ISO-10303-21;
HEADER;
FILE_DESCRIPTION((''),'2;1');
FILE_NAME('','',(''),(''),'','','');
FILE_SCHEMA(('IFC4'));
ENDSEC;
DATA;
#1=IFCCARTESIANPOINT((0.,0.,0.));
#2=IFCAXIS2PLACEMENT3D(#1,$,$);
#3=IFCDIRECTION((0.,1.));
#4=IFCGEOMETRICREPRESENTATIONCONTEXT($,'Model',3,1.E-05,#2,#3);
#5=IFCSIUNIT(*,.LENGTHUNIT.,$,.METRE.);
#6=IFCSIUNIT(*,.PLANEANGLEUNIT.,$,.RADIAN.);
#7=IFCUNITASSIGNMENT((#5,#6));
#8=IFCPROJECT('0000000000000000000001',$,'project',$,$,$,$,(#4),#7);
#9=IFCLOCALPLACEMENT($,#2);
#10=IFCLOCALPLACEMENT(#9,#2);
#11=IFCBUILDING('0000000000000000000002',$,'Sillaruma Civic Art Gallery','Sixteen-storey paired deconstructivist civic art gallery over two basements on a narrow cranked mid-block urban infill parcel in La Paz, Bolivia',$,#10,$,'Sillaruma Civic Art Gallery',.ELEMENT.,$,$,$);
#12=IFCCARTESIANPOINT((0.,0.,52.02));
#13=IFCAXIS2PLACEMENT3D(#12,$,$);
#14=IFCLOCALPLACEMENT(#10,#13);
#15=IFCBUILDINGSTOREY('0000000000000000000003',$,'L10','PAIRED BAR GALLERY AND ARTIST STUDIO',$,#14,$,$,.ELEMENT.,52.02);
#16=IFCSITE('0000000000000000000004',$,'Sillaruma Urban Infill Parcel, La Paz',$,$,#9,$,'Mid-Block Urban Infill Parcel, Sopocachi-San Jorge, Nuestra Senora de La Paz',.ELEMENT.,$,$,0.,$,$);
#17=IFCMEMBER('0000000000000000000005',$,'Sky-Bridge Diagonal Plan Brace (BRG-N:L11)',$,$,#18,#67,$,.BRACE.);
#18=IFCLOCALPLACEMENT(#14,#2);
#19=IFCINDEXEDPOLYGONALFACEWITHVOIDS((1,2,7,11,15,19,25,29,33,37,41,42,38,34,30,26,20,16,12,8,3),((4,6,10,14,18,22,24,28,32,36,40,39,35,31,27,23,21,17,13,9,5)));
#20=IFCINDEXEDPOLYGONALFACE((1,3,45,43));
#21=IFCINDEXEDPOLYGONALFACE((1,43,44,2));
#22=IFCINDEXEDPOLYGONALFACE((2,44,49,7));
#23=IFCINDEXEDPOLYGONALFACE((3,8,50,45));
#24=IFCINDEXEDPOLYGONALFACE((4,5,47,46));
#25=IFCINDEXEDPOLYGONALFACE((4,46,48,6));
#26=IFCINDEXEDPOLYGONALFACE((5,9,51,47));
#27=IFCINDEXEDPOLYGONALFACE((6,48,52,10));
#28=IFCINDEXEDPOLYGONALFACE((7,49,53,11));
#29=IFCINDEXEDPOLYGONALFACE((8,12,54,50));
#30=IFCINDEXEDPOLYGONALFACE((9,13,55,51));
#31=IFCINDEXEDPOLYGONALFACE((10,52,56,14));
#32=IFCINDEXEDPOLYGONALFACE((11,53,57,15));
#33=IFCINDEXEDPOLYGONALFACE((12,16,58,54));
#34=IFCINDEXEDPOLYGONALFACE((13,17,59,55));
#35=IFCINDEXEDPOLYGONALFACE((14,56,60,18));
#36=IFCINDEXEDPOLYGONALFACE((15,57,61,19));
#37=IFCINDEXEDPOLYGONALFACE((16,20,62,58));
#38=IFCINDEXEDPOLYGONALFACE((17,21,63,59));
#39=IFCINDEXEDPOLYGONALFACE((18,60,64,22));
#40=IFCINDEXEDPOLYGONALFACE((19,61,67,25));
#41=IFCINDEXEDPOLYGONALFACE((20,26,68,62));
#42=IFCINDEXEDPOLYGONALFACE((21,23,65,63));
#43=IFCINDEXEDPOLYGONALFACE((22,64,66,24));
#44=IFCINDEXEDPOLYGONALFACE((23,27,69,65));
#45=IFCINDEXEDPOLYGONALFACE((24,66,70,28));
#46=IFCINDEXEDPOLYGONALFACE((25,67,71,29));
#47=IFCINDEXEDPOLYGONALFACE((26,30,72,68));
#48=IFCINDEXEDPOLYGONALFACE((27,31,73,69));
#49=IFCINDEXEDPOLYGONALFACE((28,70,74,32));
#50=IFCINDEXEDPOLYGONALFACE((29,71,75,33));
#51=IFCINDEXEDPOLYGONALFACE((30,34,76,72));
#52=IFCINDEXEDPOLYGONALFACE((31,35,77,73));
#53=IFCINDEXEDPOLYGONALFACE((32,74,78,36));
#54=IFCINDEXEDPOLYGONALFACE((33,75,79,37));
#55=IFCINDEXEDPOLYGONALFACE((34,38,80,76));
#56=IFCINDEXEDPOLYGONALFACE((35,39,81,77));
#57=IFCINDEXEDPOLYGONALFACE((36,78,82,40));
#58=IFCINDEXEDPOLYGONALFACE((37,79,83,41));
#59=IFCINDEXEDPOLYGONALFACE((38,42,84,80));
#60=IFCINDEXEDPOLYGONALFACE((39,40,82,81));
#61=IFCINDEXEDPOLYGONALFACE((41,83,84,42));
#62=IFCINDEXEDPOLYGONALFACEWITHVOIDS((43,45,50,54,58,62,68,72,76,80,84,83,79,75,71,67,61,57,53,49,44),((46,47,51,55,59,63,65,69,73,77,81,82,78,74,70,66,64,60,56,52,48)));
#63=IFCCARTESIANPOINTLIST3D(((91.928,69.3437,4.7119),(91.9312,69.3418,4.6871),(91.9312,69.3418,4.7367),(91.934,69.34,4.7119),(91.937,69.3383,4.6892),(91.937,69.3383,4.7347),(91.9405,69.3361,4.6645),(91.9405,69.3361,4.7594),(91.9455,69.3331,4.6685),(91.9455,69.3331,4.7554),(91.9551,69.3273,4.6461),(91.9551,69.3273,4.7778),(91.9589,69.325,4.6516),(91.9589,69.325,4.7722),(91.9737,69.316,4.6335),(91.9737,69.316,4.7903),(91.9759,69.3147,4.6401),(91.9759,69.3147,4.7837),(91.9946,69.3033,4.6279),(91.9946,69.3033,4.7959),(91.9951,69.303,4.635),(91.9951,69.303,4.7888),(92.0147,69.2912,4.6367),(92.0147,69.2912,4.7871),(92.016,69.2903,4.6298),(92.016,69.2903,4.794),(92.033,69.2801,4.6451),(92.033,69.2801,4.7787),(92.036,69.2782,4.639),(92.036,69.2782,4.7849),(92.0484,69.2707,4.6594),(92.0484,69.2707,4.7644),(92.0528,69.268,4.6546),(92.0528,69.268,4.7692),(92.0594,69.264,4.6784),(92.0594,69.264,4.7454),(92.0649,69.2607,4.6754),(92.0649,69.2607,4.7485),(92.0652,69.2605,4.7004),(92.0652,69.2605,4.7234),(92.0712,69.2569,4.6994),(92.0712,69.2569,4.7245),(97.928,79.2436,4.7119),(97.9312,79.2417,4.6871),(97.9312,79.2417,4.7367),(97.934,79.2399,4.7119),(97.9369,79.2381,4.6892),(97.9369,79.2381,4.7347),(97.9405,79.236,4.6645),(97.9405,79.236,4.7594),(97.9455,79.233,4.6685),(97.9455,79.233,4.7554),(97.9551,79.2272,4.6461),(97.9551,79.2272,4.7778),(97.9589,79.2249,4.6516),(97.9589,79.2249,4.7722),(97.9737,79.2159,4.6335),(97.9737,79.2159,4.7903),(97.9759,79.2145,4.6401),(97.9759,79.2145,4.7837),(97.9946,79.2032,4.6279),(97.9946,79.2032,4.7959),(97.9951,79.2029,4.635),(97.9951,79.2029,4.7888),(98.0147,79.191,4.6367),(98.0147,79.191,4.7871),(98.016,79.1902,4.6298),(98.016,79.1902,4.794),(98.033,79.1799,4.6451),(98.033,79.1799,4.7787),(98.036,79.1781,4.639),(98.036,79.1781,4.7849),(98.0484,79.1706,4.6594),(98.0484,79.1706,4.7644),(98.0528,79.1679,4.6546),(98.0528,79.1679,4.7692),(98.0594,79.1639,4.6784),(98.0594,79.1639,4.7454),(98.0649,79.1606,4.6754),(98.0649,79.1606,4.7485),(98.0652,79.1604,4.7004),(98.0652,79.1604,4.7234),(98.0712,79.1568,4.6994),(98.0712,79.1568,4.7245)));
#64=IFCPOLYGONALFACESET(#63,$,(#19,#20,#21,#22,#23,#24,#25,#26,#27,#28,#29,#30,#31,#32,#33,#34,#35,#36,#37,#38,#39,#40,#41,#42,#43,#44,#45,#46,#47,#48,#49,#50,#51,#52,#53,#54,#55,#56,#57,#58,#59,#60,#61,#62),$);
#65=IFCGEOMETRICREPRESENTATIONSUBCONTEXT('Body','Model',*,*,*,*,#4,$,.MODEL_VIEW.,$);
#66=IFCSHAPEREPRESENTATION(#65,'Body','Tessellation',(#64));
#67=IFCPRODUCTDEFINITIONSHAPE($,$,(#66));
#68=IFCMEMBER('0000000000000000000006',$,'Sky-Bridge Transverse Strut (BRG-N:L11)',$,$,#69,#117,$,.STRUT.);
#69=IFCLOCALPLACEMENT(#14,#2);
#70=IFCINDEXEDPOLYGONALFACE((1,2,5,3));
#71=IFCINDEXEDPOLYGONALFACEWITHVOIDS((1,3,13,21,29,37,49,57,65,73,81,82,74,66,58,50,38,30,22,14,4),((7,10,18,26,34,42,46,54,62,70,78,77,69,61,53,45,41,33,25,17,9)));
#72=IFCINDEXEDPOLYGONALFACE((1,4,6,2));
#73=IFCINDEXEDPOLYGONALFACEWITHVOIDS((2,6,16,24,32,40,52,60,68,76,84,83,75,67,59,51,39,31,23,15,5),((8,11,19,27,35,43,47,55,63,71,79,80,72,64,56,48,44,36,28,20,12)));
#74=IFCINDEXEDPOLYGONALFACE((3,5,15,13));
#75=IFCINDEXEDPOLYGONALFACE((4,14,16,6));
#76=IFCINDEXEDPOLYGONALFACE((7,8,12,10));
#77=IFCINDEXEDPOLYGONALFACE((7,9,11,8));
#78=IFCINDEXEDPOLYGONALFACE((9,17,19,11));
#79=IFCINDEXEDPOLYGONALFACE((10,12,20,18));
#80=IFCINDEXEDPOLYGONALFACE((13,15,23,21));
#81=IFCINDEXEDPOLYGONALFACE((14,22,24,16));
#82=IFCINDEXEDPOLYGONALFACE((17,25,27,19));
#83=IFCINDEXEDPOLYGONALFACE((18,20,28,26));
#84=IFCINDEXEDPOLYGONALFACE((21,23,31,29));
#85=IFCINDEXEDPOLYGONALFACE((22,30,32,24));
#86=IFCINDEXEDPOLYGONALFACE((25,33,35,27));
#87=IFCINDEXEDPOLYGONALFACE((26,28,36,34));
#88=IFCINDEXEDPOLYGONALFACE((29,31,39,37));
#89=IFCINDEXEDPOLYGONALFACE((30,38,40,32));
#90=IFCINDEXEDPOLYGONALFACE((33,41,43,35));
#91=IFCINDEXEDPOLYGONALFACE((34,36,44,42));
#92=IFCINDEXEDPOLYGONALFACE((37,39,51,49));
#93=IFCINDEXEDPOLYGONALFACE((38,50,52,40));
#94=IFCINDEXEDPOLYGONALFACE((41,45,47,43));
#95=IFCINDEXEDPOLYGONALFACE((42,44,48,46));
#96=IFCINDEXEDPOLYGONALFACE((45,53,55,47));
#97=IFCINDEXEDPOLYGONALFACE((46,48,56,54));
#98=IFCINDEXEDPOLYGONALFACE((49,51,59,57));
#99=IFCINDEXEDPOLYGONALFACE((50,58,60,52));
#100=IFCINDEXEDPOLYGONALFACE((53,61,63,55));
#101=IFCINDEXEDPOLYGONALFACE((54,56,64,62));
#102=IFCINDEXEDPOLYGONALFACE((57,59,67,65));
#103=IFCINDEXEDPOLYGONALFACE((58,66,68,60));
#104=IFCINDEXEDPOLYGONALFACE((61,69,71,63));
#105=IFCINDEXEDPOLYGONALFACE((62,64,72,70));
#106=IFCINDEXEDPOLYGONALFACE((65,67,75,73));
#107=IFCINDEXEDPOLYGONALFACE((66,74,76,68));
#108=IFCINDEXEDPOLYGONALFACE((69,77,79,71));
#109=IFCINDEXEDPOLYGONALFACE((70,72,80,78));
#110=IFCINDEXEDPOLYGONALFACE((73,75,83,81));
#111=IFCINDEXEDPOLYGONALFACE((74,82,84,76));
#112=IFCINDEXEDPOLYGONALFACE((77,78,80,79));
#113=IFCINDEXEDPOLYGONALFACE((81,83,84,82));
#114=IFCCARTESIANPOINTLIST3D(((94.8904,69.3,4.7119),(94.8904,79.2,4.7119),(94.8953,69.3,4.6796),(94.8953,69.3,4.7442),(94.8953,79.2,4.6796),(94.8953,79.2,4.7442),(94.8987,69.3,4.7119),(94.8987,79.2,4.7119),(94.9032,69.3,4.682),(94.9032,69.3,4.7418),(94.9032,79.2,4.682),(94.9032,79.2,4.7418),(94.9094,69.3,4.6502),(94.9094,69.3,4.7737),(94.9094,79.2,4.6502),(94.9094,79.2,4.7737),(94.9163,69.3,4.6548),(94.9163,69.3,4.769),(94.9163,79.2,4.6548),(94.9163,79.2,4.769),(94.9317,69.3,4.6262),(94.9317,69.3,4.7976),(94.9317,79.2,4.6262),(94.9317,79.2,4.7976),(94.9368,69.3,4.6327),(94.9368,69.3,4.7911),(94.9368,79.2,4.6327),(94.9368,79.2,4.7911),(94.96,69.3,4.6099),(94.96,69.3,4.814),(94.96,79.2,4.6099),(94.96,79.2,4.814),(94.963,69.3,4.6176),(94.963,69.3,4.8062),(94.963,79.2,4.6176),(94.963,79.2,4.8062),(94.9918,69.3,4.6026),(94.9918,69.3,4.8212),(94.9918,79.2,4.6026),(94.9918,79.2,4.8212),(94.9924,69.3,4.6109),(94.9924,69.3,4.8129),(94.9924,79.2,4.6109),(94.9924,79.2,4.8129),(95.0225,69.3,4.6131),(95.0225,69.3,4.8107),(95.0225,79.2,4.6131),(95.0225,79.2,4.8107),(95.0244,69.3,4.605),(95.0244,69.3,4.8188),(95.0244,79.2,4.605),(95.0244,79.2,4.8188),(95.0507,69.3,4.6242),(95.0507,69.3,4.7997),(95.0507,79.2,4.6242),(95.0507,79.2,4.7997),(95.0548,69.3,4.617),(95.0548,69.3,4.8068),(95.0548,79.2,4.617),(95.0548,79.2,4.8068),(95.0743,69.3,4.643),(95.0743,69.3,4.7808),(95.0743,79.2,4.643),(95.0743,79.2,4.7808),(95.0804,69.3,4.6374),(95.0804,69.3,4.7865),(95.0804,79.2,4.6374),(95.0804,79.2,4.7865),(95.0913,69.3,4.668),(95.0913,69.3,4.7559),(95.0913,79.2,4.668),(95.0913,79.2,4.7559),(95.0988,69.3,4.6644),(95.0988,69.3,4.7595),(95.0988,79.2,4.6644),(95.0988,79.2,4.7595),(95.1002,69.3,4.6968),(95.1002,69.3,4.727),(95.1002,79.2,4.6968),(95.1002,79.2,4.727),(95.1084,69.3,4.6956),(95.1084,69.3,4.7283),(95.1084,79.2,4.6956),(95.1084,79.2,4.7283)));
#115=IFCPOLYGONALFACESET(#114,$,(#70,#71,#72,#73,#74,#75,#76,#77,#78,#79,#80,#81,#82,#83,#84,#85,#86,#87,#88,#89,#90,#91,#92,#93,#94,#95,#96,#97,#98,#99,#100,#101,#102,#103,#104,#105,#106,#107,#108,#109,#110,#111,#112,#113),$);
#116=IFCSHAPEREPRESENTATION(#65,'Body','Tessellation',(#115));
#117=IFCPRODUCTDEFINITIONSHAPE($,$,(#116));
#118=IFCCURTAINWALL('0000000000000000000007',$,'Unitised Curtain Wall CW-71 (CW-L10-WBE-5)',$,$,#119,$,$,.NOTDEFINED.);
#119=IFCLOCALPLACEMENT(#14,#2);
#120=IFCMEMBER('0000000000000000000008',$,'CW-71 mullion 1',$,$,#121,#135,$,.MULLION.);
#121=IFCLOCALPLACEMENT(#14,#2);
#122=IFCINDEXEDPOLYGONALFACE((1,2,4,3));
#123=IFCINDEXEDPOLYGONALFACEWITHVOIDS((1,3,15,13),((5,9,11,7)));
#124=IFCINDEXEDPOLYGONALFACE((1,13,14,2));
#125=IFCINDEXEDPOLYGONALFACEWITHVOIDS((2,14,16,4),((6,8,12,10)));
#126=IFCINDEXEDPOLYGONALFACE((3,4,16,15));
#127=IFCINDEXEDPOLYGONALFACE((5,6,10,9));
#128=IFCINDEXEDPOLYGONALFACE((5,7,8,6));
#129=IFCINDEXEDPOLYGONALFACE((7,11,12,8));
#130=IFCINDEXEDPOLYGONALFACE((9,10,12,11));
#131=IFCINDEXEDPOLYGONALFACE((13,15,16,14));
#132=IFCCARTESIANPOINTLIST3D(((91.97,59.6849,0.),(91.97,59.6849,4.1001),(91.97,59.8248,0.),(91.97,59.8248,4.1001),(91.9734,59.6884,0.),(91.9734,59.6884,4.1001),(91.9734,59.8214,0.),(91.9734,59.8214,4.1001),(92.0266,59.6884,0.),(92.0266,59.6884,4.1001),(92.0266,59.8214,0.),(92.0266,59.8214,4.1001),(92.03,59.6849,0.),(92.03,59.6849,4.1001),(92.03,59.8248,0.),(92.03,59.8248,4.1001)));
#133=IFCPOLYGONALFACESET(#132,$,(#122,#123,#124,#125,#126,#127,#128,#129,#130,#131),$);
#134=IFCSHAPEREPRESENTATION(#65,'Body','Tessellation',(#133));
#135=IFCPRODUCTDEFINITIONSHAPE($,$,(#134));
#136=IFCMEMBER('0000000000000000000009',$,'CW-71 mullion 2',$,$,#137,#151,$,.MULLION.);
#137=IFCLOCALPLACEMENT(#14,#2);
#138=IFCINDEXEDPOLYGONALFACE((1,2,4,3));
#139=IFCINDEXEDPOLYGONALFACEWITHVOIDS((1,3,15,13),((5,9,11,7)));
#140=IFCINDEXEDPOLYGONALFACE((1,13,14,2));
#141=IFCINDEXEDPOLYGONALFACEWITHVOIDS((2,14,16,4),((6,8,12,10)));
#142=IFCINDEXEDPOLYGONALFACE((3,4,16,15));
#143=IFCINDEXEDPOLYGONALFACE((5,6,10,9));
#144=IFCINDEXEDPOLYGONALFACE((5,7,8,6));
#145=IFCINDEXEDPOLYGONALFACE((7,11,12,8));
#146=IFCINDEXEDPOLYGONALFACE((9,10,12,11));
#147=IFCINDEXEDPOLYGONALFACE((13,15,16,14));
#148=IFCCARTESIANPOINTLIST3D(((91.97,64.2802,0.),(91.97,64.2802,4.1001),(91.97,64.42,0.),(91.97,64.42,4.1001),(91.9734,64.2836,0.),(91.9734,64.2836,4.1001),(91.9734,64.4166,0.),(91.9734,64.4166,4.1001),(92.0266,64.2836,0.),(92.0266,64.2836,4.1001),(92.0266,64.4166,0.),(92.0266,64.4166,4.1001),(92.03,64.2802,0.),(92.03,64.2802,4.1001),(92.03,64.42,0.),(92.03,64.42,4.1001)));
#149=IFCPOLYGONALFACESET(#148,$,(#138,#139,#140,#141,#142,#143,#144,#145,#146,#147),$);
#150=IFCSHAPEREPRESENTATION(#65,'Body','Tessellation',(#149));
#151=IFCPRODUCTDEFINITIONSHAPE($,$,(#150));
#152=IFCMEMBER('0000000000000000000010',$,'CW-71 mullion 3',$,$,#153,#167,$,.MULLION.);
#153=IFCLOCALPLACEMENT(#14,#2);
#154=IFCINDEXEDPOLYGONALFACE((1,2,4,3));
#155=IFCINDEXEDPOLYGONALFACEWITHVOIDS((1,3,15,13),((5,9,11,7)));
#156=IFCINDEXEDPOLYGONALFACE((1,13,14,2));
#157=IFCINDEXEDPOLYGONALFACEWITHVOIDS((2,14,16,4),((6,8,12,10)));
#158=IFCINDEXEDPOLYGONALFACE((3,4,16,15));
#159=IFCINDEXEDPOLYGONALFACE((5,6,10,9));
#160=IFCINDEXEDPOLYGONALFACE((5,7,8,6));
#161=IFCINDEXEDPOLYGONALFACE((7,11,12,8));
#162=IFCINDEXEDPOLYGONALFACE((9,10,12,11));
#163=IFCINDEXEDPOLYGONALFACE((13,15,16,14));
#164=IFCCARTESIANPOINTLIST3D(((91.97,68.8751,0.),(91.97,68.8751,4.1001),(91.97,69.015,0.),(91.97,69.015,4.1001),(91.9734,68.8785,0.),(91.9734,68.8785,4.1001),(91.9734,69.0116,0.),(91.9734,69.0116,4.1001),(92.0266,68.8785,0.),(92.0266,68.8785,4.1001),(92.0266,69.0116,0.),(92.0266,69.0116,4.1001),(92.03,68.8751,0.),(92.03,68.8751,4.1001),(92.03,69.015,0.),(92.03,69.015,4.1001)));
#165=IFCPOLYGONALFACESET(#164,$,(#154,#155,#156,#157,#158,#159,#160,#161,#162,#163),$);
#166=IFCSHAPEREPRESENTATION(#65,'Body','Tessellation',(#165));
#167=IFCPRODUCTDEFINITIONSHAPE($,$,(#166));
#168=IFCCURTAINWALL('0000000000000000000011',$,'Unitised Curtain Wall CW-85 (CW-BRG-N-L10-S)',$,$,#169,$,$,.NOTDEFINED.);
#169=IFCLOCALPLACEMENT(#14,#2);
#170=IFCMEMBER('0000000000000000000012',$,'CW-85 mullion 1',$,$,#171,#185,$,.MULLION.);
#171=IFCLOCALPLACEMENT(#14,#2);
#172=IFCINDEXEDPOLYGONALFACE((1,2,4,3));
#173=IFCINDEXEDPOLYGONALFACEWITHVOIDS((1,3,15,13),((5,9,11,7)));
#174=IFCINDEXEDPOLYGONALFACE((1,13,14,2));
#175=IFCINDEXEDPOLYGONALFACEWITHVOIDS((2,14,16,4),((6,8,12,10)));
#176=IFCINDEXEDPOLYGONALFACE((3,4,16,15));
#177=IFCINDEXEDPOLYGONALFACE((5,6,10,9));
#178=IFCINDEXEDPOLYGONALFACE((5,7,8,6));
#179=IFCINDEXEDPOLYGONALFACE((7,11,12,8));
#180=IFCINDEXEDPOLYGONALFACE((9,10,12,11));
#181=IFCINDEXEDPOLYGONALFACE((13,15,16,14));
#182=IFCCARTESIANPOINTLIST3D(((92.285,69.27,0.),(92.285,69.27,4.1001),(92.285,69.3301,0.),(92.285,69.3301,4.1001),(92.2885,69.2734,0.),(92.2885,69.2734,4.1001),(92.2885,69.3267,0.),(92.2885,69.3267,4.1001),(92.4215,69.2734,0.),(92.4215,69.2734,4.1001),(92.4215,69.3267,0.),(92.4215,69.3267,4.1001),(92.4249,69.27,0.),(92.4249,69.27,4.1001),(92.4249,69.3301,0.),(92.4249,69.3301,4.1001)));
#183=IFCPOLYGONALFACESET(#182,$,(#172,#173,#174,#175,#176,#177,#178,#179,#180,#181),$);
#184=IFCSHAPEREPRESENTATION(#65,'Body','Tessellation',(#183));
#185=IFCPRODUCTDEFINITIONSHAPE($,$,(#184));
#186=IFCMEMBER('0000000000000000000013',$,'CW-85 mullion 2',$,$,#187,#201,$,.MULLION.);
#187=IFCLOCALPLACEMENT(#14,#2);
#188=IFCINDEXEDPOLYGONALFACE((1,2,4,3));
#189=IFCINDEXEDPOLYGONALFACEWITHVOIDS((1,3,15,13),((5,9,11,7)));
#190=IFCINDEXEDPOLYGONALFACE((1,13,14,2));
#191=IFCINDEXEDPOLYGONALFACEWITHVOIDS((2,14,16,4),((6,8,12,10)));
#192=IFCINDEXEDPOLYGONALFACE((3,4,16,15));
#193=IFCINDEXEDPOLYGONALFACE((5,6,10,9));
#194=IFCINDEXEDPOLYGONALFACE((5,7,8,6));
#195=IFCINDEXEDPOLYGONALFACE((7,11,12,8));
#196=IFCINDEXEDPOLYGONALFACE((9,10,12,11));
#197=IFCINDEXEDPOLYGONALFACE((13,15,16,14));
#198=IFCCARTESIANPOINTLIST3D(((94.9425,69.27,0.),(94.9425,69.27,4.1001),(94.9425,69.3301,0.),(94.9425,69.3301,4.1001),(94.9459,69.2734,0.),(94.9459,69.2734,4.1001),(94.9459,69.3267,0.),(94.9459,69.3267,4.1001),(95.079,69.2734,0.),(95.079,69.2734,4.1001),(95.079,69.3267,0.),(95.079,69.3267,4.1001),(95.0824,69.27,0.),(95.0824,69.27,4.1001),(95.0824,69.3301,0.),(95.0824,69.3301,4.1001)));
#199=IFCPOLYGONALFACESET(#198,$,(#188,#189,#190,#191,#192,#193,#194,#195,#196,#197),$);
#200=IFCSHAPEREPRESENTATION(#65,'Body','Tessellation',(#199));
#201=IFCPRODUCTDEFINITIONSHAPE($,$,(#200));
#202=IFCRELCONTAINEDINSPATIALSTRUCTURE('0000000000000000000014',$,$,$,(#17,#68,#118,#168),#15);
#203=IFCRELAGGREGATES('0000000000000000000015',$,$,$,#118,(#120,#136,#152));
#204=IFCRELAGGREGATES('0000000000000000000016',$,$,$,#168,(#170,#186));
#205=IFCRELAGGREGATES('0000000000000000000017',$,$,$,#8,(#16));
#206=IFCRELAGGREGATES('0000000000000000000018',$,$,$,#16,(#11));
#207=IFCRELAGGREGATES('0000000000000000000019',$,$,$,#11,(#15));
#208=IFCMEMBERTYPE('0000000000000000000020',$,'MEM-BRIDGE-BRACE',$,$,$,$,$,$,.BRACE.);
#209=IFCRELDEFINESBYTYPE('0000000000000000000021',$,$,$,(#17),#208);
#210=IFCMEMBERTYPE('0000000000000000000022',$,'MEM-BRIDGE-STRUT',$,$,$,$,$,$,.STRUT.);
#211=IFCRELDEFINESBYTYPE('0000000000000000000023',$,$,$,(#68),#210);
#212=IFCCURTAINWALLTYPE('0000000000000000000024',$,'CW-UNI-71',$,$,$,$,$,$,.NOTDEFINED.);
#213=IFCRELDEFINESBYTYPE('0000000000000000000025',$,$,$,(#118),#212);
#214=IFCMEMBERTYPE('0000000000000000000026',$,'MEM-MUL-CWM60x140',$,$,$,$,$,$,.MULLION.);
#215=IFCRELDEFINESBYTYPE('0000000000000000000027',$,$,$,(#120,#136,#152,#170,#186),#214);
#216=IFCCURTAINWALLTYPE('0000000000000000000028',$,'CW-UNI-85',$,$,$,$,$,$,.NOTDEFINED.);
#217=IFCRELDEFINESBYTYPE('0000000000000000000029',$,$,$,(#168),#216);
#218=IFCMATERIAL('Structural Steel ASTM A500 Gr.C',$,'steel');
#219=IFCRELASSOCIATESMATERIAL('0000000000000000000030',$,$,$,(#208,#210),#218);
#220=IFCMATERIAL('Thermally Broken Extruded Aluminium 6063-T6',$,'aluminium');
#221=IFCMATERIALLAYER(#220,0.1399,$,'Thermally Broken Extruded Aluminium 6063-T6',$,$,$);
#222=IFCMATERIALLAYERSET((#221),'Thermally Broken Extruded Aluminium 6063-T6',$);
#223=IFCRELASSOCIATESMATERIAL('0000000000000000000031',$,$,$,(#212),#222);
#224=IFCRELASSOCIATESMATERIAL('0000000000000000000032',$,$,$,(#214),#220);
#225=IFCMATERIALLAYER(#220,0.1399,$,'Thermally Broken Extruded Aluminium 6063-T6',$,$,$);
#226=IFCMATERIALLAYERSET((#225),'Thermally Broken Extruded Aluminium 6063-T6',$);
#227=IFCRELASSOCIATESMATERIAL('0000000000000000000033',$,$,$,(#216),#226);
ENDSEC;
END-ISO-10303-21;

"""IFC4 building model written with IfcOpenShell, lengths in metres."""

from ifc_helpers import new_model, si_unit, direction, frame, origin, origin_2d, place, context, subcontext, project, spatial, hollow_rectangle, hollow_circle, extrude, material, layer, layer_set, material_profile, profile_set, type_object, element, aggregate, save


model = new_model("IFC4")

# Units and contexts
model_context = context("Model", 3, precision=1e-05, world=origin(), true_north=direction((0.0, 1.0)))
body_context = subcontext(model_context, "Body", "Model", "MODEL_VIEW")
ifc_project = project(units=[si_unit("LENGTHUNIT", "METRE"), si_unit("PLANEANGLEUNIT", "RADIAN")], contexts=[model_context])

# Site, building, storey
site_placement = place(None, origin())
site = spatial("IfcSite", under=ifc_project, at=site_placement, Name="Sillaruma Urban Infill Parcel, La Paz", LongName="Mid-Block Urban Infill Parcel, Sopocachi-San Jorge, Nuestra Senora de La Paz", CompositionType="ELEMENT", RefElevation=0.0)
building_placement = place(site_placement, origin())
building = spatial("IfcBuilding", under=site, at=building_placement, Name="Sillaruma Civic Art Gallery", Description="Sixteen-storey paired deconstructivist civic art gallery over two basements on a narrow cranked mid-block urban infill parcel in La Paz, Bolivia", LongName="Sillaruma Civic Art Gallery", CompositionType="ELEMENT")
storey_placement = place(building_placement, frame((0.0, 0.0, 52.02)))
storey = spatial("IfcBuildingStorey", under=building, at=storey_placement, Name="L10", Description="PAIRED BAR GALLERY AND ARTIST STUDIO", CompositionType="ELEMENT", Elevation=52.02)

# Members
ifc_material_1 = material(Name="Structural Steel ASTM A500 Gr.C", Category="steel")
ifc_material_profile_1 = material_profile(ifc_material_1, hollow_circle(Radius=0.0842, WallThickness=0.0071, at=origin_2d()), Name="CHS168.3x7.1")
ifc_profile_set_1 = profile_set([ifc_material_profile_1], Name="Structural Steel ASTM A500 Gr.C")
member_type_1 = type_object("IfcMemberType", Name="MEM-BRIDGE-BRACE", PredefinedType="BRACE", material=ifc_profile_set_1)
member_1_placement = place(storey_placement, frame((92.0, 69.3, 4.7119), z_axis=(0.518305, 0.855196, 0.0), x_axis=(-0.855196, 0.518305, 0.0)))
element("IfcMember", 1, at=member_1_placement, inside=storey, type_object=member_type_1, Name="Sky-Bridge Diagonal Plan Brace (BRG-N:L11)", PredefinedType="BRACE", context=body_context, shape_type="SweptSolid", body=[
    extrude(hollow_circle(Radius=0.0842, WallThickness=0.0071, at=origin_2d()), origin(), (0.0, 0.0, 1.0), 11.5762),
])
ifc_material_profile_2 = material_profile(ifc_material_1, hollow_circle(Radius=0.1096, WallThickness=0.0083, at=origin_2d()), Name="CHS219.1x8.2")
ifc_profile_set_2 = profile_set([ifc_material_profile_2], Name="Structural Steel ASTM A500 Gr.C")
member_type_2 = type_object("IfcMemberType", Name="MEM-BRIDGE-STRUT", PredefinedType="STRUT", material=ifc_profile_set_2)
member_2_placement = place(storey_placement, frame((95.0, 69.3, 4.7119), z_axis=(0.0, 1.0, 0.0), x_axis=(-1.0, 0.0, 0.0)))
element("IfcMember", 2, at=member_2_placement, inside=storey, type_object=member_type_2, Name="Sky-Bridge Transverse Strut (BRG-N:L11)", PredefinedType="STRUT", context=body_context, shape_type="SweptSolid", body=[
    extrude(hollow_circle(Radius=0.1096, WallThickness=0.0083, at=origin_2d()), origin(), (0.0, 0.0, 1.0), 9.8999),
])

# Curtain walls, members
ifc_material_2 = material(Name="Thermally Broken Extruded Aluminium 6063-T6", Category="aluminium")
ifc_layer_1 = layer(ifc_material_2, 0.1399, Name="Thermally Broken Extruded Aluminium 6063-T6")
ifc_layer_set_1 = layer_set([ifc_layer_1], Name="Thermally Broken Extruded Aluminium 6063-T6")
curtain_wall_type_1 = type_object("IfcCurtainWallType", Name="CW-UNI-71", PredefinedType="NOTDEFINED", material=ifc_layer_set_1)
curtain_wall_1_placement = place(storey_placement, origin())
curtain_wall_1 = element("IfcCurtainWall", 3, at=curtain_wall_1_placement, inside=storey, type_object=curtain_wall_type_1, Name="Unitised Curtain Wall CW-71 (CW-L10-WBE-5)", PredefinedType="NOTDEFINED")
ifc_material_profile_3 = material_profile(ifc_material_2, hollow_rectangle(XDim=0.0601, YDim=0.1399, WallThickness=0.0034, at=origin_2d()), Name="CWM60x140")
ifc_profile_set_3 = profile_set([ifc_material_profile_3], Name="Thermally Broken Extruded Aluminium 6063-T6")
member_type_3 = type_object("IfcMemberType", Name="MEM-MUL-CWM60x140", PredefinedType="MULLION", material=ifc_profile_set_3)
member_3_placement = place(storey_placement, frame((92.0, 59.7549, 0.0), z_axis=(0.0, 0.0, 1.0), x_axis=(-1.0, 0.0, 0.0)))
member_3 = element("IfcMember", 4, at=member_3_placement, type_object=member_type_3, Name="CW-71 mullion 1", PredefinedType="MULLION", context=body_context, shape_type="SweptSolid", body=[
    extrude(hollow_rectangle(XDim=0.0601, YDim=0.1399, WallThickness=0.0034, at=origin_2d()), origin(), (0.0, 0.0, 1.0), 4.1001),
])
member_4_placement = place(storey_placement, frame((92.0, 64.3501, 0.0), z_axis=(0.0, 0.0, 1.0), x_axis=(-1.0, 0.0, 0.0)))
member_4 = element("IfcMember", 5, at=member_4_placement, type_object=member_type_3, Name="CW-71 mullion 2", PredefinedType="MULLION", context=body_context, shape_type="SweptSolid", body=[
    extrude(hollow_rectangle(XDim=0.0601, YDim=0.1399, WallThickness=0.0034, at=origin_2d()), origin(), (0.0, 0.0, 1.0), 4.1001),
])
member_5_placement = place(storey_placement, frame((92.0, 68.9451, 0.0), z_axis=(0.0, 0.0, 1.0), x_axis=(-1.0, 0.0, 0.0)))
member_5 = element("IfcMember", 6, at=member_5_placement, type_object=member_type_3, Name="CW-71 mullion 3", PredefinedType="MULLION", context=body_context, shape_type="SweptSolid", body=[
    extrude(hollow_rectangle(XDim=0.0601, YDim=0.1399, WallThickness=0.0034, at=origin_2d()), origin(), (0.0, 0.0, 1.0), 4.1001),
])
ifc_layer_2 = layer(ifc_material_2, 0.1399, Name="Thermally Broken Extruded Aluminium 6063-T6")
ifc_layer_set_2 = layer_set([ifc_layer_2], Name="Thermally Broken Extruded Aluminium 6063-T6")
curtain_wall_type_2 = type_object("IfcCurtainWallType", Name="CW-UNI-85", PredefinedType="NOTDEFINED", material=ifc_layer_set_2)
curtain_wall_2_placement = place(storey_placement, origin())
curtain_wall_2 = element("IfcCurtainWall", 7, at=curtain_wall_2_placement, inside=storey, type_object=curtain_wall_type_2, Name="Unitised Curtain Wall CW-85 (CW-BRG-N-L10-S)", PredefinedType="NOTDEFINED")
member_6_placement = place(storey_placement, frame((92.355, 69.3, 0.0), z_axis=(0.0, 0.0, 1.0), x_axis=(0.0, 1.0, 0.0)))
member_6 = element("IfcMember", 8, at=member_6_placement, type_object=member_type_3, Name="CW-85 mullion 1", PredefinedType="MULLION", context=body_context, shape_type="SweptSolid", body=[
    extrude(hollow_rectangle(XDim=0.0601, YDim=0.1399, WallThickness=0.0034, at=origin_2d()), origin(), (0.0, 0.0, 1.0), 4.1001),
])
member_7_placement = place(storey_placement, frame((95.0125, 69.3, 0.0), z_axis=(0.0, 0.0, 1.0), x_axis=(0.0, 1.0, 0.0)))
member_7 = element("IfcMember", 9, at=member_7_placement, type_object=member_type_3, Name="CW-85 mullion 2", PredefinedType="MULLION", context=body_context, shape_type="SweptSolid", body=[
    extrude(hollow_rectangle(XDim=0.0601, YDim=0.1399, WallThickness=0.0034, at=origin_2d()), origin(), (0.0, 0.0, 1.0), 4.1001),
])

aggregate(curtain_wall_1, [member_3, member_4, member_5])
aggregate(curtain_wall_2, [member_6, member_7])

save(model, "model.ifc")
